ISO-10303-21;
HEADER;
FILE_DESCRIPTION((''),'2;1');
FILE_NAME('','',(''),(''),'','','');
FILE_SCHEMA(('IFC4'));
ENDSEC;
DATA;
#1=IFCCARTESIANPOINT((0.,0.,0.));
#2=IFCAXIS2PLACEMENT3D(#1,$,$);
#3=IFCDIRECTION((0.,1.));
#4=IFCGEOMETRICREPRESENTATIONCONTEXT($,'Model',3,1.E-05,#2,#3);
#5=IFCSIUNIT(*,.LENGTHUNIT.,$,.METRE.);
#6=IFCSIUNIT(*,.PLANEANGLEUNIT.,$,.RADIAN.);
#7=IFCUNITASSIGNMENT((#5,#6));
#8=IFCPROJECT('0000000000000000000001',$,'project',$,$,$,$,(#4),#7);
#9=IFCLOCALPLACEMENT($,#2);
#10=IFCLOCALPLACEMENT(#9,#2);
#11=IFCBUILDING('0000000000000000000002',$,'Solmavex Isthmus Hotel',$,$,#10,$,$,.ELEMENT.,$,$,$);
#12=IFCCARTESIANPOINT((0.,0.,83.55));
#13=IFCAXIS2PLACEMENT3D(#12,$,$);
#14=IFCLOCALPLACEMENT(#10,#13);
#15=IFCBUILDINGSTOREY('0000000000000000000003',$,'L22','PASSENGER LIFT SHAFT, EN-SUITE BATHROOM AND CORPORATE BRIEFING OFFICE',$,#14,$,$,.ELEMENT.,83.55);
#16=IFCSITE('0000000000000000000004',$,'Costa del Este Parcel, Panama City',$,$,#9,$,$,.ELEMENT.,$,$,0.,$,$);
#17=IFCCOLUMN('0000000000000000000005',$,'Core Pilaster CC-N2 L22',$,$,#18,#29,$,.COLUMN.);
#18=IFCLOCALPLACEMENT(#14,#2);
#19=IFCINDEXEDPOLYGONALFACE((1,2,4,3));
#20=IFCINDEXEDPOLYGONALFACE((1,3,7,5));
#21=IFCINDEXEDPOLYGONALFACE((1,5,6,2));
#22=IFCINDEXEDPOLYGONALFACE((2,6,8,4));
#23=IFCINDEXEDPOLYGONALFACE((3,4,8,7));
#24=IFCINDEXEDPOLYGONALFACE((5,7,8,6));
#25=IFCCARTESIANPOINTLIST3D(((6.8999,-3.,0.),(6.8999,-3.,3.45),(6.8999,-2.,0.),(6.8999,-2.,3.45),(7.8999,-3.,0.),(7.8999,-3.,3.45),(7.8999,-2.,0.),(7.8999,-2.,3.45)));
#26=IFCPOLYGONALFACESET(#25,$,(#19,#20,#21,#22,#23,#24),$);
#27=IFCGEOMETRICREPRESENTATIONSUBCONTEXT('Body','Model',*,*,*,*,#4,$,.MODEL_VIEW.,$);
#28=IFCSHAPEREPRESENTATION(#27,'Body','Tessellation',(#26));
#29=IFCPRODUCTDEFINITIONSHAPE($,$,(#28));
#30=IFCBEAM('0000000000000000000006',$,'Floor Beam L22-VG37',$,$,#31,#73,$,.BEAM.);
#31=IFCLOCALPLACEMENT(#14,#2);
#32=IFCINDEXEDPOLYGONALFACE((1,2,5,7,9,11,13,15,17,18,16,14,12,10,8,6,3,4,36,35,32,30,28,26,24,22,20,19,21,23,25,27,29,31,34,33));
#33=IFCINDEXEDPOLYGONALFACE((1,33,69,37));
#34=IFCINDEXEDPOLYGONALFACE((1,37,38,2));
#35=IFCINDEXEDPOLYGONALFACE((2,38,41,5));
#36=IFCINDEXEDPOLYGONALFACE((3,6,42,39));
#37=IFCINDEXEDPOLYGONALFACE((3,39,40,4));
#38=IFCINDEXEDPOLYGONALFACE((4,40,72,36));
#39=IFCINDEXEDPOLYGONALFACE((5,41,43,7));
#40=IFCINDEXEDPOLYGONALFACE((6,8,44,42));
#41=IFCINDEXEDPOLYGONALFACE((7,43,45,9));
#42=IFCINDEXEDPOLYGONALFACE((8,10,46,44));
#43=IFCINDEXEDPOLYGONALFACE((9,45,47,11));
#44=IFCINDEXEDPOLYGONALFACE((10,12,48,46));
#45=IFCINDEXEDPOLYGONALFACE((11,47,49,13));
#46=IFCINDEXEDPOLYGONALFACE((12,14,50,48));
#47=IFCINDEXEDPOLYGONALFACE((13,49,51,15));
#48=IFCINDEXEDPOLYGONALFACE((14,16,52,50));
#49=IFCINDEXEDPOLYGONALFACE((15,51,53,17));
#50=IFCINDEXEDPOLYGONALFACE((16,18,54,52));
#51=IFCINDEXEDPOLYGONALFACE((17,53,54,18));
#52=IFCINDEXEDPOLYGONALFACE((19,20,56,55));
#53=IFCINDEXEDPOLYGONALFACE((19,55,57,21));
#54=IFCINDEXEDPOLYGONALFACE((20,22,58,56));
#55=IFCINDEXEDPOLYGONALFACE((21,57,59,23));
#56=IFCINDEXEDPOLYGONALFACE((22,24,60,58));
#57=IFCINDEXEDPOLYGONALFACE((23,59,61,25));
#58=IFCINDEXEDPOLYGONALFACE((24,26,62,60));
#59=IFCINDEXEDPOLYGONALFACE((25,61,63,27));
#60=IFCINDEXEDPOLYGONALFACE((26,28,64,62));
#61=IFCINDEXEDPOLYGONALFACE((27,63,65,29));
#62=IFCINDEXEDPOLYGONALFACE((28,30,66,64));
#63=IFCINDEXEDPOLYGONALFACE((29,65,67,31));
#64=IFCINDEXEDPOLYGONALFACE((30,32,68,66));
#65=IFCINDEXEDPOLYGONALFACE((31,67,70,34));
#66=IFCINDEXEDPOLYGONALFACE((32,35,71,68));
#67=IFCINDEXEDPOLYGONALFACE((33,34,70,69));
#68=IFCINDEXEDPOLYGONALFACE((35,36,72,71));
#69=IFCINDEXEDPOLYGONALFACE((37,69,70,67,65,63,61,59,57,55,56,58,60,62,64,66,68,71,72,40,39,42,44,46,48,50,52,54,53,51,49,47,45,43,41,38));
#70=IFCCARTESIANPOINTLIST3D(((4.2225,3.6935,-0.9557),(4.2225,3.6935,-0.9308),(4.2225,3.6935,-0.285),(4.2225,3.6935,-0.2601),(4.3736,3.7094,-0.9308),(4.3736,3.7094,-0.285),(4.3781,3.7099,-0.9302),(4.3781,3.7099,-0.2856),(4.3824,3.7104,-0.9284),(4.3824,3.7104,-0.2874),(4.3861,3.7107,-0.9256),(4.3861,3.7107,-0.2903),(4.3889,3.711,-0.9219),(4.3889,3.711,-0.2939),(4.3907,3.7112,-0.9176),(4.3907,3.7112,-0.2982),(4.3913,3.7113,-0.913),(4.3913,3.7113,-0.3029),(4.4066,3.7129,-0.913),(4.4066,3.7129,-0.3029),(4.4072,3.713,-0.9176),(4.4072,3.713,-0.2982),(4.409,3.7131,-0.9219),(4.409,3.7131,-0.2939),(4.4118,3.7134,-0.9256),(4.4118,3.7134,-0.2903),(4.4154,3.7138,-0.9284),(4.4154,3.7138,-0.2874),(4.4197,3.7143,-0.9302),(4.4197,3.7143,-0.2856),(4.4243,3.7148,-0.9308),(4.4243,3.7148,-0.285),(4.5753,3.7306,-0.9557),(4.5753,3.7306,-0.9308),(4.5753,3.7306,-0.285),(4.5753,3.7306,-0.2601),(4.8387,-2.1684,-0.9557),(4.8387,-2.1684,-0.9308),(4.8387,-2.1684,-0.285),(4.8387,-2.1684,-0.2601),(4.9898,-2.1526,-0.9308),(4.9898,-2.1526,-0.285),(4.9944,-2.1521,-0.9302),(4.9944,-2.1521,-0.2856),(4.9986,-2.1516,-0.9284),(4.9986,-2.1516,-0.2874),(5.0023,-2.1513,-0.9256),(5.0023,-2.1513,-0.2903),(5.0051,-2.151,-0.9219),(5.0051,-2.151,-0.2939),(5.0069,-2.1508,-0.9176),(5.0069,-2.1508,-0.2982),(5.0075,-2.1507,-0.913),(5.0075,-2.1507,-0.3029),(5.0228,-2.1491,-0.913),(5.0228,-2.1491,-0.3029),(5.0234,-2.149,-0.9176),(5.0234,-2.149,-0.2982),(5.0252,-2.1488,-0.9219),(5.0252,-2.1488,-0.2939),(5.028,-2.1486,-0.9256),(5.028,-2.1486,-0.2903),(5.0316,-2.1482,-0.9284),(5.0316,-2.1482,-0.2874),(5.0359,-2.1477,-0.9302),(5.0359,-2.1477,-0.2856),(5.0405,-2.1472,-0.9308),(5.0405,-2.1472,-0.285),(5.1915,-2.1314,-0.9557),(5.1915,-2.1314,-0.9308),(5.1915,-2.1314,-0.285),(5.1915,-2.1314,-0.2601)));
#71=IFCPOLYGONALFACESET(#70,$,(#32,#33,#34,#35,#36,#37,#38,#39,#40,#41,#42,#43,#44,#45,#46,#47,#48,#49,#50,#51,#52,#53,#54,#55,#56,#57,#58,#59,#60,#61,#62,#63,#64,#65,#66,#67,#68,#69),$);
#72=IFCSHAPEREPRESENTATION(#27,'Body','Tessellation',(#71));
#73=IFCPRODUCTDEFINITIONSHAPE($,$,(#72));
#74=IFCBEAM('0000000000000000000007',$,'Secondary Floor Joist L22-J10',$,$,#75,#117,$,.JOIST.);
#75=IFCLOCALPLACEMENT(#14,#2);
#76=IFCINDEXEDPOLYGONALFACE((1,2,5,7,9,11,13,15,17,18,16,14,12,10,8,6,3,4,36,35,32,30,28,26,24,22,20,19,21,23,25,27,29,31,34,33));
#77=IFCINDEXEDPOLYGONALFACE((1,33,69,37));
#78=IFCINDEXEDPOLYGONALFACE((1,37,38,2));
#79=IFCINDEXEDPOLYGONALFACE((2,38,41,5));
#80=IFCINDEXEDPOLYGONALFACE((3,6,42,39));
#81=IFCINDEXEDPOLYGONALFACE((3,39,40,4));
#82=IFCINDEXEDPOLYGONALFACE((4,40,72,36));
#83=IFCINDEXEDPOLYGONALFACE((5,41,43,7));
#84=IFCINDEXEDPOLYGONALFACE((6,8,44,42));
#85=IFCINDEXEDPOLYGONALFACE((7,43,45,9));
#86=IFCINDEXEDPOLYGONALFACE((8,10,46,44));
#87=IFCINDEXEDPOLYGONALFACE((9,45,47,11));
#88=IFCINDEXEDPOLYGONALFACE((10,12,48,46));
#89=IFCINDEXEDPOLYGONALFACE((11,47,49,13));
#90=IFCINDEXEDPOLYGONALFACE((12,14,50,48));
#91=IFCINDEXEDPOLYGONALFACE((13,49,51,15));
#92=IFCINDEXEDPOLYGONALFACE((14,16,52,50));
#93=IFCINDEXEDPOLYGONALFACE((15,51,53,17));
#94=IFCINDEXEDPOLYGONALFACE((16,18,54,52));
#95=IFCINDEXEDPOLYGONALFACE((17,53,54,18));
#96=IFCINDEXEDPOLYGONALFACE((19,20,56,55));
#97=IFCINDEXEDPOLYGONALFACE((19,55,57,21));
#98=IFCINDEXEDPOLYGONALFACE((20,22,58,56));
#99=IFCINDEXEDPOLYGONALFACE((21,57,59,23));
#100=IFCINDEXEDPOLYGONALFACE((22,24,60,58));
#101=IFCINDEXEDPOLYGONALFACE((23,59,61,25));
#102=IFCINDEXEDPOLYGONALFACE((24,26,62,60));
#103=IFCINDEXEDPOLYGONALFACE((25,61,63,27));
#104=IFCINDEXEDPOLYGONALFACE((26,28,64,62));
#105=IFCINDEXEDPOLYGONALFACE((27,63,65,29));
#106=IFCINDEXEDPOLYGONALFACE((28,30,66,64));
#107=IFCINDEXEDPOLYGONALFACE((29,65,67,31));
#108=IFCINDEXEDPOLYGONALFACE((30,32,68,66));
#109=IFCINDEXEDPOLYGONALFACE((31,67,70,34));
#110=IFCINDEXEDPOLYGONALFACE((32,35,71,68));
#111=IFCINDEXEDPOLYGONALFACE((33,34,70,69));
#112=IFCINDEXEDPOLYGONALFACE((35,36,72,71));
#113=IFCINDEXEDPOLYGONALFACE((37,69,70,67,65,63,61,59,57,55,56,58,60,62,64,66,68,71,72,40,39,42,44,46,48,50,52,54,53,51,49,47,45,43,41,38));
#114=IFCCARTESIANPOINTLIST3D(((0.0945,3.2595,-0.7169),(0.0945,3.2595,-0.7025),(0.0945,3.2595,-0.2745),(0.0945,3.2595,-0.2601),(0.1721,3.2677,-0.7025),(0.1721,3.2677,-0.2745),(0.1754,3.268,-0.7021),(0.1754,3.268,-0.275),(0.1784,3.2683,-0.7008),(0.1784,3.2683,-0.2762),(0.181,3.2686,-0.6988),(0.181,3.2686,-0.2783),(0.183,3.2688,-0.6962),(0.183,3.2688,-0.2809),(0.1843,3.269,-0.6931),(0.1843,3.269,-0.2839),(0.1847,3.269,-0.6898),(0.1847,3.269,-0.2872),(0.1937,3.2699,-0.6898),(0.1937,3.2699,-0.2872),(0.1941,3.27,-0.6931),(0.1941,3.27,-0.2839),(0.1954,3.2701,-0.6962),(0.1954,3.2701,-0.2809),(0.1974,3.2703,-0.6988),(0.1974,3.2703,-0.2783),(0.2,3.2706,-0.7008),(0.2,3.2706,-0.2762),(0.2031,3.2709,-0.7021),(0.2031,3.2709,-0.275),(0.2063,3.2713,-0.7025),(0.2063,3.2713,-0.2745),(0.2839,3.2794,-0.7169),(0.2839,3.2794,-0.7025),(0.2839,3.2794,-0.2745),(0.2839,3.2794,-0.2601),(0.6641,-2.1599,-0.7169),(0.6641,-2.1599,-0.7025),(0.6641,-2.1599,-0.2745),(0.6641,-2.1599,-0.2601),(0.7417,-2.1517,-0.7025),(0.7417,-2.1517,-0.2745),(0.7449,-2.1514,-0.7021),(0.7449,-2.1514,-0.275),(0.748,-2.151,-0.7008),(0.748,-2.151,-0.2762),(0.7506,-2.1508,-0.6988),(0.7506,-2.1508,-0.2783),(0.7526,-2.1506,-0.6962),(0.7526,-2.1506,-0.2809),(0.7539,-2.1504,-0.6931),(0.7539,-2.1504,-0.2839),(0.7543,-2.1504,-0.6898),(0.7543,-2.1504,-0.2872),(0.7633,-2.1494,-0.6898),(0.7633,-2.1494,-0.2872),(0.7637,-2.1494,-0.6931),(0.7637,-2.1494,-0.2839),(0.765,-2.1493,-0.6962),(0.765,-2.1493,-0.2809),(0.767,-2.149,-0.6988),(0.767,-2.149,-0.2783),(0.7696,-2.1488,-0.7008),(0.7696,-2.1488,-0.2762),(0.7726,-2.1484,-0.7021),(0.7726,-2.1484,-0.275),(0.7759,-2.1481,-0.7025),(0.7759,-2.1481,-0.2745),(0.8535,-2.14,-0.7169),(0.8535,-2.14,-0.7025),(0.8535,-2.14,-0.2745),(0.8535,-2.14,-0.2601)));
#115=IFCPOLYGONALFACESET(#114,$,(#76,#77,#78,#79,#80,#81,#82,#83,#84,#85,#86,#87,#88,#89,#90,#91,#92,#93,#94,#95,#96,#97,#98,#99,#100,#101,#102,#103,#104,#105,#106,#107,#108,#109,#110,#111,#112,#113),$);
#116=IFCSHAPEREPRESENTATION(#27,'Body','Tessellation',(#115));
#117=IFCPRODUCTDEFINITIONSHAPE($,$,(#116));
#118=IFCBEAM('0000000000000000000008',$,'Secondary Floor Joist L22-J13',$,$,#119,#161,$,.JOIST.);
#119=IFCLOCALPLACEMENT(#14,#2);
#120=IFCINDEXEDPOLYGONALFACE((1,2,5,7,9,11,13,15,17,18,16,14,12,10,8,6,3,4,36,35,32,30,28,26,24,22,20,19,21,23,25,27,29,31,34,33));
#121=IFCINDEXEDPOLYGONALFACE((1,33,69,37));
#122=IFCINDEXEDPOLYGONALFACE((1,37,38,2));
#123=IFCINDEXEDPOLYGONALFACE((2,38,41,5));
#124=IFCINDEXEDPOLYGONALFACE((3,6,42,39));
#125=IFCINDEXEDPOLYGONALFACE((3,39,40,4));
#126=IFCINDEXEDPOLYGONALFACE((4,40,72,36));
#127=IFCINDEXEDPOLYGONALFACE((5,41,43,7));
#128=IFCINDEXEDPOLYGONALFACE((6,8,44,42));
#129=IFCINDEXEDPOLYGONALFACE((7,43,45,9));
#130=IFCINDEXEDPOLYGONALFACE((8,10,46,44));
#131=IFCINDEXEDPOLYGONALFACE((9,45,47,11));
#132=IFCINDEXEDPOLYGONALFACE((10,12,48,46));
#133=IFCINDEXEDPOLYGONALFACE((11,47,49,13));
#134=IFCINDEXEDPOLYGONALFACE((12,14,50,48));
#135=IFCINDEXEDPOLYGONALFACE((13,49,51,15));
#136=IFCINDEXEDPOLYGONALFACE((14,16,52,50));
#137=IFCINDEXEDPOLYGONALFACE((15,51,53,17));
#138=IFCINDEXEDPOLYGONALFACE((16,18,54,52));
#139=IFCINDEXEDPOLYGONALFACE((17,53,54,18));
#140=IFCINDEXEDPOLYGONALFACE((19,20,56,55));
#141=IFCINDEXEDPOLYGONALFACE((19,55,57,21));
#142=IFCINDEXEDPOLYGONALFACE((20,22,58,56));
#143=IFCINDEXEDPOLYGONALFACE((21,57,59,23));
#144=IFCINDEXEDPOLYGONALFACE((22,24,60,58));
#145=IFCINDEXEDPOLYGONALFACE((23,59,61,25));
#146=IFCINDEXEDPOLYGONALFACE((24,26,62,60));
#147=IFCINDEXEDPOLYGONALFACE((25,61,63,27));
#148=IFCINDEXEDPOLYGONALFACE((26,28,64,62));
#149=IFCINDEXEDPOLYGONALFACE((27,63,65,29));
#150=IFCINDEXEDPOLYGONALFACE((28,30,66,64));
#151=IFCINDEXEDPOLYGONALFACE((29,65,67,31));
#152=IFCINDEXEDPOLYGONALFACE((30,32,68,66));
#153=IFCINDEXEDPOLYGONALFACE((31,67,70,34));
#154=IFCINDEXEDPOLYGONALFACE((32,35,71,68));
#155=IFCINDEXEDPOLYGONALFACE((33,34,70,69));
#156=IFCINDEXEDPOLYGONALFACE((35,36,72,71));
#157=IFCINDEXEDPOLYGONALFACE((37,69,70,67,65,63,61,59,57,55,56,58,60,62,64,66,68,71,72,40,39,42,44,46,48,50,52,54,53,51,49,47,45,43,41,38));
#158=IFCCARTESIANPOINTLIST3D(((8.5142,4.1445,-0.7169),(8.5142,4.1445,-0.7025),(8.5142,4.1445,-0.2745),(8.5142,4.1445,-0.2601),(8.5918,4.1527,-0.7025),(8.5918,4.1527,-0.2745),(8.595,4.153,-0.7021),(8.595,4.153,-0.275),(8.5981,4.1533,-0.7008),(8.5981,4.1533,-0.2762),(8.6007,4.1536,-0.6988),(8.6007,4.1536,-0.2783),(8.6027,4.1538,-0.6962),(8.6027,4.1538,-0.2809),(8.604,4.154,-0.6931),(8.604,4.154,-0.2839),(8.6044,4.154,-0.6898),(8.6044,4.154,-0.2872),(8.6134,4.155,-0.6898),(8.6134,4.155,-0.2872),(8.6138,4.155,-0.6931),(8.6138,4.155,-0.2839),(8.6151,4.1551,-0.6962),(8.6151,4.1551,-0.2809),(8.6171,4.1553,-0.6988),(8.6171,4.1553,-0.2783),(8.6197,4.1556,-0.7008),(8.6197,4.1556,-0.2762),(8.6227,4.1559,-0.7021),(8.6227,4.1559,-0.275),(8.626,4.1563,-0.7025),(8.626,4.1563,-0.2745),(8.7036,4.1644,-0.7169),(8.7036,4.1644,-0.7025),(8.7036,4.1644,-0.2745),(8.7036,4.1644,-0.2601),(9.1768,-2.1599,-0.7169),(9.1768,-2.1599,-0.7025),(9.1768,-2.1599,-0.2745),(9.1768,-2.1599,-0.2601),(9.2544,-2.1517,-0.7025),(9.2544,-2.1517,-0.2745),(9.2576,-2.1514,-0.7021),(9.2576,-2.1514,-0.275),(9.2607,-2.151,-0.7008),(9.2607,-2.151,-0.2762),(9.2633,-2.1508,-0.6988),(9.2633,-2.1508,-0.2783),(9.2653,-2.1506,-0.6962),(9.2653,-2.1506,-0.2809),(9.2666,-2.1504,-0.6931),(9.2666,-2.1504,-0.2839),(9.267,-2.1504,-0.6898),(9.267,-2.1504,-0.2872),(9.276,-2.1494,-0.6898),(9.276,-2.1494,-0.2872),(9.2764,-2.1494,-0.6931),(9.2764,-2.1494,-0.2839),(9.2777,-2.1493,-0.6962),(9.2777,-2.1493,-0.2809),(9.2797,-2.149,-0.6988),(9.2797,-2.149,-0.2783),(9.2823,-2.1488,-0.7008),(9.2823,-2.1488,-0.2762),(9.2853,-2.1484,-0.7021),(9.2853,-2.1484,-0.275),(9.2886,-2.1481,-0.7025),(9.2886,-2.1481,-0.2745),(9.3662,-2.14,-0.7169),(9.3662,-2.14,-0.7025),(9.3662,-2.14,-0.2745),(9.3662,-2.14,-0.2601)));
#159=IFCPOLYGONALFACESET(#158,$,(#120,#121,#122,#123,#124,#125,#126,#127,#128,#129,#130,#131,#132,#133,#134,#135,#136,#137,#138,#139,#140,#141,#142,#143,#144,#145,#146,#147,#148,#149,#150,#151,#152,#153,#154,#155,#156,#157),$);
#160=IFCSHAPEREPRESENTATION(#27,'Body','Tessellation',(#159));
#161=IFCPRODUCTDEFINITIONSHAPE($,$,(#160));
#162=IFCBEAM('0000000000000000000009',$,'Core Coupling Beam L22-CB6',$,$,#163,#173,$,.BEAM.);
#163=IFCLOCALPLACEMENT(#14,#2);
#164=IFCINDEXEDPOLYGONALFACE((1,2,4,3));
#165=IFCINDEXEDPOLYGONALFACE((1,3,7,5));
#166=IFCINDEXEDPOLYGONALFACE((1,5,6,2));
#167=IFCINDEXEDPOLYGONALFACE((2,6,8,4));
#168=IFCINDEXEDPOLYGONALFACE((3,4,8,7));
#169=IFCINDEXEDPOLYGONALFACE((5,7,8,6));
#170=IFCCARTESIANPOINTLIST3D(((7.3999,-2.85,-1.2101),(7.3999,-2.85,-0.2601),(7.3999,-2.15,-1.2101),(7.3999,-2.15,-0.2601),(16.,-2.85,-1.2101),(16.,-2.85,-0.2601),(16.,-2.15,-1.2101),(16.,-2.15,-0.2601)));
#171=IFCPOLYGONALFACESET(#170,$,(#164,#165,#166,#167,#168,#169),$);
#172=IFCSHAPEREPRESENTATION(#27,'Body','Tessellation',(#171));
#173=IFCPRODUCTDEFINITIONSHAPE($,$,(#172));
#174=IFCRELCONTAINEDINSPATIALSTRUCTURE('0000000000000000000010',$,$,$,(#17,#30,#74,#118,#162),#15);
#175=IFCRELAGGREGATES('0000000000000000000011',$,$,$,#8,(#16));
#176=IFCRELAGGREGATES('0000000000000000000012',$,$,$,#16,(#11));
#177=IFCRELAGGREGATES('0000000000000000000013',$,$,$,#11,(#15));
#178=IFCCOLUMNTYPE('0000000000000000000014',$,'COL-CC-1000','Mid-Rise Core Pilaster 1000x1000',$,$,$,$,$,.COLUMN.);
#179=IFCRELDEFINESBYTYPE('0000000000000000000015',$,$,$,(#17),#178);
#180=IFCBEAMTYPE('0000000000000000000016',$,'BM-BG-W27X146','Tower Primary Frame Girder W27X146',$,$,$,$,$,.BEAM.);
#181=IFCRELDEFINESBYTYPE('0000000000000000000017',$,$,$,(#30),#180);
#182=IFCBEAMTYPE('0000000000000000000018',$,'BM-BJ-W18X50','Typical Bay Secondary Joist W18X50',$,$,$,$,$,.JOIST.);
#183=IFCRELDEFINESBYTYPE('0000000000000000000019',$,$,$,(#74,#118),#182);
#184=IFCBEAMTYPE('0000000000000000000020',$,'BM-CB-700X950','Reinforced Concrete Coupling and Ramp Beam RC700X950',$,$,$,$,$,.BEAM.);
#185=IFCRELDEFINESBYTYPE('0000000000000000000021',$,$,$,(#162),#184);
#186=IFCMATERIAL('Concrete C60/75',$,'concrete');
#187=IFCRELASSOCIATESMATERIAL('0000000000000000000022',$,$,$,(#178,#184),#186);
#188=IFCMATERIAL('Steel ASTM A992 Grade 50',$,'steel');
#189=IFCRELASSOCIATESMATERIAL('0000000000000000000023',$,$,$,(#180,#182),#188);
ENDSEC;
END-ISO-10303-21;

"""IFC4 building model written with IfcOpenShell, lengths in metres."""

from ifc_helpers import new_model, si_unit, direction, frame, origin, origin_2d, place, context, subcontext, project, spatial, rectangle, i_section, extrude, material, material_profile, profile_set, type_object, element, save


model = new_model("IFC4")

# Units and contexts
model_context = context("Model", 3, precision=1e-05, world=origin(), true_north=direction((0.0, 1.0)))
body_context = subcontext(model_context, "Body", "Model", "MODEL_VIEW")
ifc_project = project(units=[si_unit("LENGTHUNIT", "METRE"), si_unit("PLANEANGLEUNIT", "RADIAN")], contexts=[model_context])

# Site, building, storey
site_placement = place(None, origin())
site = spatial("IfcSite", under=ifc_project, at=site_placement, Name="Costa del Este Parcel, Panama City", CompositionType="ELEMENT", RefElevation=0.0)
building_placement = place(site_placement, origin())
building = spatial("IfcBuilding", under=site, at=building_placement, Name="Solmavex Isthmus Hotel", CompositionType="ELEMENT")
storey_placement = place(building_placement, frame((0.0, 0.0, 83.55)))
storey = spatial("IfcBuildingStorey", under=building, at=storey_placement, Name="L22", Description="PASSENGER LIFT SHAFT, EN-SUITE BATHROOM AND CORPORATE BRIEFING OFFICE", CompositionType="ELEMENT", Elevation=83.55)

# Column
ifc_material_1 = material(Name="Concrete C60/75", Category="concrete")
ifc_material_profile_1 = material_profile(ifc_material_1, rectangle(XDim=1.0, YDim=1.0, at=origin_2d()), Name="RC1000X1000")
ifc_profile_set_1 = profile_set([ifc_material_profile_1], Name="Concrete C60/75")
column_type = type_object("IfcColumnType", Name="COL-CC-1000", Description="Mid-Rise Core Pilaster 1000x1000", PredefinedType="COLUMN", material=ifc_profile_set_1)
column_placement = place(storey_placement, frame((7.3999, -2.5, 0.0), z_axis=(0.0, 0.0, 1.0), x_axis=(1.0, 0.0, 0.0)))
element("IfcColumn", 1, at=column_placement, inside=storey, type_object=column_type, Name="Core Pilaster CC-N2 L22", PredefinedType="COLUMN", context=body_context, shape_type="SweptSolid", body=[
    extrude(rectangle(XDim=1.0, YDim=1.0, at=origin_2d()), origin(), (0.0, 0.0, 1.0), 3.45),
])

# Beams
ifc_material_2 = material(Name="Steel ASTM A992 Grade 50", Category="steel")
ifc_material_profile_2 = material_profile(ifc_material_2, i_section(OverallWidth=0.3547, OverallDepth=0.6956, WebThickness=0.0154, FlangeThickness=0.0249, FilletRadius=0.0178, at=origin_2d()), Name="W27X146")
ifc_profile_set_2 = profile_set([ifc_material_profile_2], Name="Steel ASTM A992 Grade 50")
beam_type_1 = type_object("IfcBeamType", Name="BM-BG-W27X146", Description="Tower Primary Frame Girder W27X146", PredefinedType="BEAM", material=ifc_profile_set_2)
beam_1_placement = place(storey_placement, frame((5.0151, -2.1499, -0.6079), z_axis=(-0.104542, 0.99452, 0.0), x_axis=(-0.99452, -0.104542, 0.0)))
element("IfcBeam", 2, at=beam_1_placement, inside=storey, type_object=beam_type_1, Name="Floor Beam L22-VG37", PredefinedType="BEAM", context=body_context, shape_type="SweptSolid", body=[
    extrude(i_section(OverallWidth=0.3547, OverallDepth=0.6956, WebThickness=0.0154, FlangeThickness=0.0249, FilletRadius=0.0178, at=origin_2d()), origin(), (0.0, 0.0, 1.0), 5.8943),
])
ifc_material_profile_3 = material_profile(ifc_material_2, i_section(OverallWidth=0.1904, OverallDepth=0.4568, WebThickness=0.009, FlangeThickness=0.0144, FilletRadius=0.0127, at=origin_2d()), Name="W18X50")
ifc_profile_set_3 = profile_set([ifc_material_profile_3], Name="Steel ASTM A992 Grade 50")
beam_type_2 = type_object("IfcBeamType", Name="BM-BJ-W18X50", Description="Typical Bay Secondary Joist W18X50", PredefinedType="JOIST", material=ifc_profile_set_3)
beam_2_placement = place(storey_placement, frame((0.7588, -2.1499, -0.4885), z_axis=(-0.104524, 0.994522, 0.0), x_axis=(-0.994522, -0.104524, 0.0)))
element("IfcBeam", 3, at=beam_2_placement, inside=storey, type_object=beam_type_2, Name="Secondary Floor Joist L22-J10", PredefinedType="JOIST", context=body_context, shape_type="SweptSolid", body=[
    extrude(i_section(OverallWidth=0.1904, OverallDepth=0.4568, WebThickness=0.009, FlangeThickness=0.0144, FilletRadius=0.0127, at=origin_2d()), origin(), (0.0, 0.0, 1.0), 5.4492),
])
beam_3_placement = place(storey_placement, frame((9.2715, -2.1499, -0.4885), z_axis=(-0.104524, 0.994522, 0.0), x_axis=(-0.994522, -0.104524, 0.0)))
element("IfcBeam", 4, at=beam_3_placement, inside=storey, type_object=beam_type_2, Name="Secondary Floor Joist L22-J13", PredefinedType="JOIST", context=body_context, shape_type="SweptSolid", body=[
    extrude(i_section(OverallWidth=0.1904, OverallDepth=0.4568, WebThickness=0.009, FlangeThickness=0.0144, FilletRadius=0.0127, at=origin_2d()), origin(), (0.0, 0.0, 1.0), 6.3391),
])
ifc_material_profile_4 = material_profile(ifc_material_1, rectangle(XDim=0.7, YDim=0.95, at=origin_2d()), Name="RC700X950")
ifc_profile_set_4 = profile_set([ifc_material_profile_4], Name="Concrete C60/75")
beam_type_3 = type_object("IfcBeamType", Name="BM-CB-700X950", Description="Reinforced Concrete Coupling and Ramp Beam RC700X950", PredefinedType="BEAM", material=ifc_profile_set_4)
beam_4_placement = place(storey_placement, frame((7.3999, -2.5, -0.7351), z_axis=(1.0, 0.0, 0.0), x_axis=(0.0, 1.0, 0.0)))
element("IfcBeam", 5, at=beam_4_placement, inside=storey, type_object=beam_type_3, Name="Core Coupling Beam L22-CB6", PredefinedType="BEAM", context=body_context, shape_type="SweptSolid", body=[
    extrude(rectangle(XDim=0.7, YDim=0.95, at=origin_2d()), origin(), (0.0, 0.0, 1.0), 8.6001),
])

save(model, "model.ifc")
